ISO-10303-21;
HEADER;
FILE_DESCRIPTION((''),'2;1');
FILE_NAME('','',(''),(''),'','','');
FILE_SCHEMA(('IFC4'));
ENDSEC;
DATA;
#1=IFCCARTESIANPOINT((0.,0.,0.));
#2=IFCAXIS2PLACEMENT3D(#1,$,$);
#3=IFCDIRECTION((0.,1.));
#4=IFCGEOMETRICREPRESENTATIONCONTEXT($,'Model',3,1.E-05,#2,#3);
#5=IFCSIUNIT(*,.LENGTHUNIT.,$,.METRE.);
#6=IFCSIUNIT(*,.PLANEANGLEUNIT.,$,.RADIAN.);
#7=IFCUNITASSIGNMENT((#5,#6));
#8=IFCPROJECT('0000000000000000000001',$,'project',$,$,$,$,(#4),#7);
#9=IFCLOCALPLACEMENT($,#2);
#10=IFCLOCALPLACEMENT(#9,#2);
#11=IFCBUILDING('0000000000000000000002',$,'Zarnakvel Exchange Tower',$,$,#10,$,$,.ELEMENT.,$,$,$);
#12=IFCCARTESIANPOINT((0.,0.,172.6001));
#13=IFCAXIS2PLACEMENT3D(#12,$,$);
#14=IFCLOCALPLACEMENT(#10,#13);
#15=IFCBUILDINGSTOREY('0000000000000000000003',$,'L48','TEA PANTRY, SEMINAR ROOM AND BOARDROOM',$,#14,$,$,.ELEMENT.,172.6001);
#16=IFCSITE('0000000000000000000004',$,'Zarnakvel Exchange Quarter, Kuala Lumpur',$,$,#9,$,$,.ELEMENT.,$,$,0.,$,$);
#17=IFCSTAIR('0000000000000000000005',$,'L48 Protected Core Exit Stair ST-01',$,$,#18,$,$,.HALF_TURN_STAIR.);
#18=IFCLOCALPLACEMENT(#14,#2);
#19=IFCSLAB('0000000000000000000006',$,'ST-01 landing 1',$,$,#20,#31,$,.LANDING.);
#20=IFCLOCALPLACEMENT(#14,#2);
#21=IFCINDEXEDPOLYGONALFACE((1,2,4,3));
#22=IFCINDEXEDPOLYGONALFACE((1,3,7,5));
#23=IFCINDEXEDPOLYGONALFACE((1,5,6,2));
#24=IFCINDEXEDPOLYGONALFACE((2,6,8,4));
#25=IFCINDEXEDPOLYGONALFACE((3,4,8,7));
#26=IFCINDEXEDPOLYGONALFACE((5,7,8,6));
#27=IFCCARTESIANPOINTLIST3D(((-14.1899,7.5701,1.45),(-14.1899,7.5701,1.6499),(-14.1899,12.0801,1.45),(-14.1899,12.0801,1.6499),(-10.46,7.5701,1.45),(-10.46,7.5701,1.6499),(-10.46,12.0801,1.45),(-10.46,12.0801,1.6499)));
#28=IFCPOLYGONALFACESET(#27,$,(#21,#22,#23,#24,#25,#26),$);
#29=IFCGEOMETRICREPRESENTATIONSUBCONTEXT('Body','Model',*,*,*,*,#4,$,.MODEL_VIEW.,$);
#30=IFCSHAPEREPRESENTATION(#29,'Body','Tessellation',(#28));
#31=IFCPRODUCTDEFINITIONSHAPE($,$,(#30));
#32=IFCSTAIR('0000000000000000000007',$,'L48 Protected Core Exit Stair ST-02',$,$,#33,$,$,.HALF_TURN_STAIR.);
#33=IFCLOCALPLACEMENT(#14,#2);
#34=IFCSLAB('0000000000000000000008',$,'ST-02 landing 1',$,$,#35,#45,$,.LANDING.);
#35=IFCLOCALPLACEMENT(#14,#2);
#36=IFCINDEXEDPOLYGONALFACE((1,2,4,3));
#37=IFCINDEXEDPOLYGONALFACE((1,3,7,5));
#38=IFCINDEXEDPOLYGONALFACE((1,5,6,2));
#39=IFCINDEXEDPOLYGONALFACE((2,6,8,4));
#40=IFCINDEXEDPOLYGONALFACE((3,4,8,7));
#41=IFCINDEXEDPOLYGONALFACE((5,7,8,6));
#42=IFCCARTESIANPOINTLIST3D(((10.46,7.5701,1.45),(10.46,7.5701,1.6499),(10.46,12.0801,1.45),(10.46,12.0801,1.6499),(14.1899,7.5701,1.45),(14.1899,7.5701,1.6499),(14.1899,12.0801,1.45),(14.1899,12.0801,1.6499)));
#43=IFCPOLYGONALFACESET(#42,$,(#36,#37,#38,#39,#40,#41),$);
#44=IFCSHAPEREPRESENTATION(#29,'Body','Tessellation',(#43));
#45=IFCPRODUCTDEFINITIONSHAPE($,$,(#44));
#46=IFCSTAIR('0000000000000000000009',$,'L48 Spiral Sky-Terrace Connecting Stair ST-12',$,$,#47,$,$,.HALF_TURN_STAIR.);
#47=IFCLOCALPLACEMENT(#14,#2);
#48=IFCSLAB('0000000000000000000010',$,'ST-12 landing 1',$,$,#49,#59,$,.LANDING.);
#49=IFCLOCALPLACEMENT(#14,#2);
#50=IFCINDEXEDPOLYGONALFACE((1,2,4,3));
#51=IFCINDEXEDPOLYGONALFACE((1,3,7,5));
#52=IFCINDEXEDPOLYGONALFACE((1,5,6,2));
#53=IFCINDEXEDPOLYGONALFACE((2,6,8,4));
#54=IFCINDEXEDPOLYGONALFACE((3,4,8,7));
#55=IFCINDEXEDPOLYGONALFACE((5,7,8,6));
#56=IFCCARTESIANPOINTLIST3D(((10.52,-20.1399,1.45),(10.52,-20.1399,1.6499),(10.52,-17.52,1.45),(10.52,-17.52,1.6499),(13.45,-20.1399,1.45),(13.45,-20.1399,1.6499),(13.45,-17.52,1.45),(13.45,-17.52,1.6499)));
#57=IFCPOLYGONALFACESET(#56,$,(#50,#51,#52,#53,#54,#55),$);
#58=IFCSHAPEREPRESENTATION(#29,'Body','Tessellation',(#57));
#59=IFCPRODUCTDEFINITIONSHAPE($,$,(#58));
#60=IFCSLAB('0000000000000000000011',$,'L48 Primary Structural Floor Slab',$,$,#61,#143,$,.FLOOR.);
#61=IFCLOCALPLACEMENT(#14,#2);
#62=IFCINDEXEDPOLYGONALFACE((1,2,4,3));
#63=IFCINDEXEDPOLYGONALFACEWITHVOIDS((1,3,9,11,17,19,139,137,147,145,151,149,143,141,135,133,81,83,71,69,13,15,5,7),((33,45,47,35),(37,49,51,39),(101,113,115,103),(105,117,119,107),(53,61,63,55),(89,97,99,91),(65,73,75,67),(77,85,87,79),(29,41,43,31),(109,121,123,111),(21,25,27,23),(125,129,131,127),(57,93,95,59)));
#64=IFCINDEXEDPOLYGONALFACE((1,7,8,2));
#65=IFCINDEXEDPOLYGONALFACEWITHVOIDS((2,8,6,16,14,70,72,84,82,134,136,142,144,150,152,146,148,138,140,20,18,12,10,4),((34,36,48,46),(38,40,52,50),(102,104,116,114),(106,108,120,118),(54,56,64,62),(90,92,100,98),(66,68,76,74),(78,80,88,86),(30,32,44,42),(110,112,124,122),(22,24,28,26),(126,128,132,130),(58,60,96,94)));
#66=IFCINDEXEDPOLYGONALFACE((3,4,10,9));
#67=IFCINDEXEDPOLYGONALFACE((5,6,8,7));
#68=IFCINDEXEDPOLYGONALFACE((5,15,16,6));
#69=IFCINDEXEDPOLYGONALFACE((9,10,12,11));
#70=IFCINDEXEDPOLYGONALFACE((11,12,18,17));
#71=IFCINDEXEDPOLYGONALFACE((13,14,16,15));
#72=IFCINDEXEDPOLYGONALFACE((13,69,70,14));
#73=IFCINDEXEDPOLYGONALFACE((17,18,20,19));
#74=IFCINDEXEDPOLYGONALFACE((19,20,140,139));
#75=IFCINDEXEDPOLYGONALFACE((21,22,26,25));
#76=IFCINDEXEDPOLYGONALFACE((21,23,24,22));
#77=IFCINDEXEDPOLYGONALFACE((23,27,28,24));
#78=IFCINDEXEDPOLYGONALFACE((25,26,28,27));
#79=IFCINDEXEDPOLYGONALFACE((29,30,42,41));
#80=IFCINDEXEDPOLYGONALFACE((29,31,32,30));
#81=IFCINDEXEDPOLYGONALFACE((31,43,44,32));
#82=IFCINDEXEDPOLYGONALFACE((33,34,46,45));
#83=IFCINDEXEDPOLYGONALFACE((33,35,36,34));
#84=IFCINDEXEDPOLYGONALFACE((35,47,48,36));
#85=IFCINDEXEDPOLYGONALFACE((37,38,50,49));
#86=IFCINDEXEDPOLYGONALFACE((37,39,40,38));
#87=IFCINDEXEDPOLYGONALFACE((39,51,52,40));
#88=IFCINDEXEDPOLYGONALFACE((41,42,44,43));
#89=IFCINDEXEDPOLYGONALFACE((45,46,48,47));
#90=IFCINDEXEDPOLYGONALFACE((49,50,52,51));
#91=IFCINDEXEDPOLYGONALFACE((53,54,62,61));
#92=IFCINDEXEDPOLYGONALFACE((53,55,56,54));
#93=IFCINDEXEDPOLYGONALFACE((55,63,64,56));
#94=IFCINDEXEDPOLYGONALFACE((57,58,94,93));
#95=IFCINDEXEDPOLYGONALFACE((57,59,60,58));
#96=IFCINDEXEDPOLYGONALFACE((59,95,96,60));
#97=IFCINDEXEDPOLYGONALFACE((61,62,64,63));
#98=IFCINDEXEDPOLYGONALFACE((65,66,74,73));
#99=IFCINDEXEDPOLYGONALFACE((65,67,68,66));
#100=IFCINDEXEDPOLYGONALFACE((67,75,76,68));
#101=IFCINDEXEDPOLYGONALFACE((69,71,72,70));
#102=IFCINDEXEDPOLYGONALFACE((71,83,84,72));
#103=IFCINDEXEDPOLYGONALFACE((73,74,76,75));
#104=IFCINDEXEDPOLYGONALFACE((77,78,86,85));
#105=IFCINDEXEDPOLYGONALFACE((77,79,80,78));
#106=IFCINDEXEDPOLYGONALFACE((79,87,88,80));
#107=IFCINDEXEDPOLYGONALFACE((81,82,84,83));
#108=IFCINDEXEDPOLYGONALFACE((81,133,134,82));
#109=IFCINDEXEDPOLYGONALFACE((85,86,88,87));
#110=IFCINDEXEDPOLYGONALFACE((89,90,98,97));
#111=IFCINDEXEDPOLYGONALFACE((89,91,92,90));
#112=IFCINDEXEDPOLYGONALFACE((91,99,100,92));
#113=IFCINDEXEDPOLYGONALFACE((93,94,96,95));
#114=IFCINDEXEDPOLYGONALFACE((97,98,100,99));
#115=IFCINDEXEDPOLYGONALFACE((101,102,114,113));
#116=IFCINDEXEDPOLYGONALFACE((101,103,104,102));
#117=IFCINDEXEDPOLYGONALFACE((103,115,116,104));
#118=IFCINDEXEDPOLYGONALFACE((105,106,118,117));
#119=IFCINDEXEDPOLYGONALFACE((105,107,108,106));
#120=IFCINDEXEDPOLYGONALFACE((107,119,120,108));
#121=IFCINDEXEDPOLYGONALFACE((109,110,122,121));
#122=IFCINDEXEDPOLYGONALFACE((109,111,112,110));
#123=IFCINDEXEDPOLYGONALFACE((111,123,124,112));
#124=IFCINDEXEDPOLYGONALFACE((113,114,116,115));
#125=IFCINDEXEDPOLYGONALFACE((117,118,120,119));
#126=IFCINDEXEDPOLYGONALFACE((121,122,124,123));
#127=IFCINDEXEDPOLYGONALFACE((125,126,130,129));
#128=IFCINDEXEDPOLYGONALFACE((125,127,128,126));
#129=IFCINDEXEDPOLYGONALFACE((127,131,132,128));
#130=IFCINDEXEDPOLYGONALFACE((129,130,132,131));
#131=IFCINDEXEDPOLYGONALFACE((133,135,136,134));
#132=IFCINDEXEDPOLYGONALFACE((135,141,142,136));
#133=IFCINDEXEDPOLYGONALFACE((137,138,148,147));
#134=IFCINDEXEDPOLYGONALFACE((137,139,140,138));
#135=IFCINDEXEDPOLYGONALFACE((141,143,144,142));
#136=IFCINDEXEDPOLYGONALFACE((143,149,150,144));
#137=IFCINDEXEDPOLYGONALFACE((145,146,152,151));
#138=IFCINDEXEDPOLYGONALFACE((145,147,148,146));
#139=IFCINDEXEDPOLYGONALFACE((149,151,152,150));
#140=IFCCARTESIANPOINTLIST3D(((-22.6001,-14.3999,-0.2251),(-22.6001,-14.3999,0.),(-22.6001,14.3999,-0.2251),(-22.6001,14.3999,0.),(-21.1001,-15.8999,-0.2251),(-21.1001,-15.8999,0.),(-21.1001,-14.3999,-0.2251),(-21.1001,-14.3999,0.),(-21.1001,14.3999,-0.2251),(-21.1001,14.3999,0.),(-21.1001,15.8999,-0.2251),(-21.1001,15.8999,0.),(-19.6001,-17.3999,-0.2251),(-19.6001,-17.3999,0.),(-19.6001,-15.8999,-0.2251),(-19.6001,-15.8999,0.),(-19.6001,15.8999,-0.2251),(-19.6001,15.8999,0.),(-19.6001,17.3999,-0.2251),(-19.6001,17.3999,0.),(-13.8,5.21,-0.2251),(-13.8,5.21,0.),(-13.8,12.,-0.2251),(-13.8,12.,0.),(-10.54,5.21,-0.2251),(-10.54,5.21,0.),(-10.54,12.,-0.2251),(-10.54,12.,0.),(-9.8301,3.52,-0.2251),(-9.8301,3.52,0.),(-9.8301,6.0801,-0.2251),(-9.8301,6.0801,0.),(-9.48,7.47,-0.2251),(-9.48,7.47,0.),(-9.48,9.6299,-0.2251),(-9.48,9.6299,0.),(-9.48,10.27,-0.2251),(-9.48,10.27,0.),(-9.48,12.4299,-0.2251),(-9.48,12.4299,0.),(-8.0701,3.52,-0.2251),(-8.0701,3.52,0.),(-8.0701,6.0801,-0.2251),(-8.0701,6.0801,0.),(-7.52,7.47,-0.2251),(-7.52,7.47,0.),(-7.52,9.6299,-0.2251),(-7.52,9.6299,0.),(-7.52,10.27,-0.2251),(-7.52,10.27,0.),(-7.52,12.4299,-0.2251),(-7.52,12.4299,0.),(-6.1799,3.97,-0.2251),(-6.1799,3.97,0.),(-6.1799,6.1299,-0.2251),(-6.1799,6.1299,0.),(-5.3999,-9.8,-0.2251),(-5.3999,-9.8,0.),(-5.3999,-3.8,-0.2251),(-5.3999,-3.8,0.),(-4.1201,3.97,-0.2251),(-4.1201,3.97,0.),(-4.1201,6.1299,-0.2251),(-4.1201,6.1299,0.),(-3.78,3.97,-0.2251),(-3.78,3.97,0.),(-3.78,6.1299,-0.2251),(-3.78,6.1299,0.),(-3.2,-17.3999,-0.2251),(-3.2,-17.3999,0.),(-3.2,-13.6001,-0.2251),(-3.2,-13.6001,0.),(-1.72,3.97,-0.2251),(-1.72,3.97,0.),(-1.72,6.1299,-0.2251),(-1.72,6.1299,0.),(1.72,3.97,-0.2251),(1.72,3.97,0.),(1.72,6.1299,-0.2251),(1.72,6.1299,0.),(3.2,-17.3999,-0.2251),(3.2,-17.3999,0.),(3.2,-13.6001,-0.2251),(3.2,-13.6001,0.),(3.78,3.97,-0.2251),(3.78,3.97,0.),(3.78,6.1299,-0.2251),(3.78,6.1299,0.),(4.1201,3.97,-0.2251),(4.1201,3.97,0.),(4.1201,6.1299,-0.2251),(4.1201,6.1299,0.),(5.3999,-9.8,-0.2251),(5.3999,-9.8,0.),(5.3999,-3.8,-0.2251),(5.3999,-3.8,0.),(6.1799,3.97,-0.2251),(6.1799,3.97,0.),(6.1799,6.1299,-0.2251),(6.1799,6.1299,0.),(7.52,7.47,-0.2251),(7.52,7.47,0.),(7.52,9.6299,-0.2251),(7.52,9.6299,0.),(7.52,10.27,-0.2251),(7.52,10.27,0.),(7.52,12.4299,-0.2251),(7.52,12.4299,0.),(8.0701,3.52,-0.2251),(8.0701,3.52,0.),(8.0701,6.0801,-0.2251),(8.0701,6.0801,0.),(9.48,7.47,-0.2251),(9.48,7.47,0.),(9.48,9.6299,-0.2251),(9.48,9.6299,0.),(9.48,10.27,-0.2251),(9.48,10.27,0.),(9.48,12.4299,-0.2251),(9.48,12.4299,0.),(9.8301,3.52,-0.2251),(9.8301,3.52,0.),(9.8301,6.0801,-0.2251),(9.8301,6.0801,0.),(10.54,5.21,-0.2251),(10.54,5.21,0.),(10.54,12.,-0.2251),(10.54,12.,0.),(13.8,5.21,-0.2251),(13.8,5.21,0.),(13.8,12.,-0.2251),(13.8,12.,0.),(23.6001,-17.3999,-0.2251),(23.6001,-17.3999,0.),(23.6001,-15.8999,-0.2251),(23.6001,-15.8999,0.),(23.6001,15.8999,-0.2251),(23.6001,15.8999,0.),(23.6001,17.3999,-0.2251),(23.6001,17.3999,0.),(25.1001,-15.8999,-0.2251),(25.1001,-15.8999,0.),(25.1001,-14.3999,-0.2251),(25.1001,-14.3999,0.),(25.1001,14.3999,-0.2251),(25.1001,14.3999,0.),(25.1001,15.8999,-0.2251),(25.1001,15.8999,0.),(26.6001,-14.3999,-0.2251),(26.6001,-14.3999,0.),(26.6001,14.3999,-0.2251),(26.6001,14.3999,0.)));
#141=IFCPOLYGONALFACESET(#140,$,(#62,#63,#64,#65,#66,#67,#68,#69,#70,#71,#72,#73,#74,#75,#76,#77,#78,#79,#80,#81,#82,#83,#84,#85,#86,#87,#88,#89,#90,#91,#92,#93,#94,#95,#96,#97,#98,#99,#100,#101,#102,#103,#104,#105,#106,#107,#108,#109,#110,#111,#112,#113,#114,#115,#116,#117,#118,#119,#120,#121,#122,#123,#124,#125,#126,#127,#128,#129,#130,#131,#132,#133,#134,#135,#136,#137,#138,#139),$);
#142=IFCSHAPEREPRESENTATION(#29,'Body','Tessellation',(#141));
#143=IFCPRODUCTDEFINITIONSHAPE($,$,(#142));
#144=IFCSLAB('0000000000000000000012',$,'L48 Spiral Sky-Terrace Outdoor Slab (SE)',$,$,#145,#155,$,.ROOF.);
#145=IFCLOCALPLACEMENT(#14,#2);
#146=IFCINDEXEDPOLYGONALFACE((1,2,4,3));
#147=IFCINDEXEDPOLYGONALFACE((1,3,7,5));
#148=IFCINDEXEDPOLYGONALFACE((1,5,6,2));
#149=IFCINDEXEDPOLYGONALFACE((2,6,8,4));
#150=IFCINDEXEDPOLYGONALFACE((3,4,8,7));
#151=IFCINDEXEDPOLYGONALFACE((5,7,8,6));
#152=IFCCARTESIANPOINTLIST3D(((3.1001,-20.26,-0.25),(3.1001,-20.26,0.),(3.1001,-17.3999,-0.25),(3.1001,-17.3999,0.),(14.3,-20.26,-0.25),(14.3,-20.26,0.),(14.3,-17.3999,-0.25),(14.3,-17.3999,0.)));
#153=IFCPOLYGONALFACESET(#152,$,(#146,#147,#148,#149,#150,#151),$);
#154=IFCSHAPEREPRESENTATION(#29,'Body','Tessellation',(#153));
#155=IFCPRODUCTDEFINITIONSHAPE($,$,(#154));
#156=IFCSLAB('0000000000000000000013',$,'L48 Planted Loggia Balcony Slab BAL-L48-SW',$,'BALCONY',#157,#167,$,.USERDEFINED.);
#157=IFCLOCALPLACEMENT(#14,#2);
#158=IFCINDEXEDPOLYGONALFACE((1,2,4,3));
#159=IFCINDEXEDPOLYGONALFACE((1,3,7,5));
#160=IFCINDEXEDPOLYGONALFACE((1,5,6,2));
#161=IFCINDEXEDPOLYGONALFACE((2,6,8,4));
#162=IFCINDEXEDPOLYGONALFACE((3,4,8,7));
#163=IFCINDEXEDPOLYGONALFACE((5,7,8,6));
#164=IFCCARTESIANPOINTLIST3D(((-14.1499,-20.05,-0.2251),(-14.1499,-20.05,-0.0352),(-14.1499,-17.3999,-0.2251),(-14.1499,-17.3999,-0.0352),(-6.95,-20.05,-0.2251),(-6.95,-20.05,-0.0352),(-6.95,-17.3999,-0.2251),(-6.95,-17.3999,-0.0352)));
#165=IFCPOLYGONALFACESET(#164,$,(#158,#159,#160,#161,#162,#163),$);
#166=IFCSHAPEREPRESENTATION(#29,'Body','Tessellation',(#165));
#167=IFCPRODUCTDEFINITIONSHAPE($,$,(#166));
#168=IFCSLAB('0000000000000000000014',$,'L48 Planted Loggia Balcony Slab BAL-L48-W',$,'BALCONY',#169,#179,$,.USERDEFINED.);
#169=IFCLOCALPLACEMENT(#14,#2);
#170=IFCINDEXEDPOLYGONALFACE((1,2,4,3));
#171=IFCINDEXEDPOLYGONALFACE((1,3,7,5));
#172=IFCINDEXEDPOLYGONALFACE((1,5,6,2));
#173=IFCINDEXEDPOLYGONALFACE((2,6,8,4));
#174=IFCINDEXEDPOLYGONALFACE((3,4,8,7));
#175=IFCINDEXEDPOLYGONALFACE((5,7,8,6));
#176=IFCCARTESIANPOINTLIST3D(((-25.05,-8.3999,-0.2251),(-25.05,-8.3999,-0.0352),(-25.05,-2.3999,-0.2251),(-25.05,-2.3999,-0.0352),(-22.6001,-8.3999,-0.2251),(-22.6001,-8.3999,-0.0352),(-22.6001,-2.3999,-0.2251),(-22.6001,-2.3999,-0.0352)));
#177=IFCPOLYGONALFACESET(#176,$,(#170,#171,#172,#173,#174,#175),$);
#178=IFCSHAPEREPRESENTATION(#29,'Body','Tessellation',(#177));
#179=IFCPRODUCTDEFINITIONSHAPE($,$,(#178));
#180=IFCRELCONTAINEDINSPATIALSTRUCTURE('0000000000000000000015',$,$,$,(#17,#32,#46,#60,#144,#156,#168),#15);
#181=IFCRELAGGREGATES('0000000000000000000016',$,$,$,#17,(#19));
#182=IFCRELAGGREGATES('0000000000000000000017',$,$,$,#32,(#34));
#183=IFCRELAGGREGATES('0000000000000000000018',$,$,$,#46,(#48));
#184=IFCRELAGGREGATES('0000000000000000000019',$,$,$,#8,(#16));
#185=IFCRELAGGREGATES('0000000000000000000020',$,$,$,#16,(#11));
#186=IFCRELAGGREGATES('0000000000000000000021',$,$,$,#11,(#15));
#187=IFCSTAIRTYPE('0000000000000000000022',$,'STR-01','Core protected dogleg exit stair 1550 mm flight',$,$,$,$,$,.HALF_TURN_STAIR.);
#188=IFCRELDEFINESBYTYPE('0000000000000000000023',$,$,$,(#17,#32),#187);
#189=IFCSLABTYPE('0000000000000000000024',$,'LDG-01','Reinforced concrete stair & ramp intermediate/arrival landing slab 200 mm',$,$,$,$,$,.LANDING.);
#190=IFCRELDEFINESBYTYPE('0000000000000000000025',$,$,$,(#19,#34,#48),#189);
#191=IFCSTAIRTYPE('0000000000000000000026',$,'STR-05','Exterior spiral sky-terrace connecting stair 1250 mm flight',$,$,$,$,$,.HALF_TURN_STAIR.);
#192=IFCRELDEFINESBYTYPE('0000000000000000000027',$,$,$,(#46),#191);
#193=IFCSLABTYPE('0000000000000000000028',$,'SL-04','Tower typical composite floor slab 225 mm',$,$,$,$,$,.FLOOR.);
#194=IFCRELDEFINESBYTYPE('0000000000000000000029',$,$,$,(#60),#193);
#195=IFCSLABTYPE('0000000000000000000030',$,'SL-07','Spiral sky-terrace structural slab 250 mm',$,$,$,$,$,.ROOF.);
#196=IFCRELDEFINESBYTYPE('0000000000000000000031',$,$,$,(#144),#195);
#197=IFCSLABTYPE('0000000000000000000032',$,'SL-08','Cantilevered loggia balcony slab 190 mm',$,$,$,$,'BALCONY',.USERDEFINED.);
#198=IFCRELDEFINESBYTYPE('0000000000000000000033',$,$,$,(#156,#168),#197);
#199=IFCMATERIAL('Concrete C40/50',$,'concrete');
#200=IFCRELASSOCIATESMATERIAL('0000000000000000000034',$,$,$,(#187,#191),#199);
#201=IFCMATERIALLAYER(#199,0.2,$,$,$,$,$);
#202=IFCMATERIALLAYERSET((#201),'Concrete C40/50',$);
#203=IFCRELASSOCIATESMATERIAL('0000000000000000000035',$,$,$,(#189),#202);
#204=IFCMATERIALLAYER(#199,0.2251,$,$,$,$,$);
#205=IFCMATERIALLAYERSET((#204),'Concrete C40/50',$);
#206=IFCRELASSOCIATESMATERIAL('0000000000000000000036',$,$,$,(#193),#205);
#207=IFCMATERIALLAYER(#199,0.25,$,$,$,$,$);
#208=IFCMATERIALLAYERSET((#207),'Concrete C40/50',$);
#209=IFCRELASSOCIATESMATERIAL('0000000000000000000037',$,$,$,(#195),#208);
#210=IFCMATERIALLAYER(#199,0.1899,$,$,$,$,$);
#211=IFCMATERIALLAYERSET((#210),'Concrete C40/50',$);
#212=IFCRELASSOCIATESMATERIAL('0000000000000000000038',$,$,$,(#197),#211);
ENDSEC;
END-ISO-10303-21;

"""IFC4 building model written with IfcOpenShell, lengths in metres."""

from ifc_helpers import new_model, si_unit, direction, frame, origin, place, context, subcontext, project, spatial, polyline, outline, extrude, material, layer, layer_set, type_object, element, aggregate, save


model = new_model("IFC4")

# Units and contexts
model_context = context("Model", 3, precision=1e-05, world=origin(), true_north=direction((0.0, 1.0)))
body_context = subcontext(model_context, "Body", "Model", "MODEL_VIEW")
ifc_project = project(units=[si_unit("LENGTHUNIT", "METRE"), si_unit("PLANEANGLEUNIT", "RADIAN")], contexts=[model_context])

# Site, building, storey
site_placement = place(None, origin())
site = spatial("IfcSite", under=ifc_project, at=site_placement, Name="Zarnakvel Exchange Quarter, Kuala Lumpur", CompositionType="ELEMENT", RefElevation=0.0)
building_placement = place(site_placement, origin())
building = spatial("IfcBuilding", under=site, at=building_placement, Name="Zarnakvel Exchange Tower", CompositionType="ELEMENT")
storey_placement = place(building_placement, frame((0.0, 0.0, 172.6001)))
storey = spatial("IfcBuildingStorey", under=building, at=storey_placement, Name="L48", Description="TEA PANTRY, SEMINAR ROOM AND BOARDROOM", CompositionType="ELEMENT", Elevation=172.6001)

# Stairs, slabs
ifc_material_1 = material(Name="Concrete C40/50", Category="concrete")
stair_type_1 = type_object("IfcStairType", Name="STR-01", Description="Core protected dogleg exit stair 1550 mm flight", PredefinedType="HALF_TURN_STAIR", material=ifc_material_1)
stair_1_placement = place(storey_placement, origin())
stair_1 = element("IfcStair", 1, at=stair_1_placement, inside=storey, type_object=stair_type_1, Name="L48 Protected Core Exit Stair ST-01", PredefinedType="HALF_TURN_STAIR")
ifc_layer_1 = layer(ifc_material_1, 0.2)
ifc_layer_set_1 = layer_set([ifc_layer_1], Name="Concrete C40/50")
slab_type_1 = type_object("IfcSlabType", Name="LDG-01", Description="Reinforced concrete stair & ramp intermediate/arrival landing slab 200 mm", PredefinedType="LANDING", material=ifc_layer_set_1)
slab_1_placement = place(storey_placement, frame((0.0, 0.0, 1.45)))
slab_1 = element("IfcSlab", 2, at=slab_1_placement, type_object=slab_type_1, Name="ST-01 landing 1", PredefinedType="LANDING", context=body_context, shape_type="SweptSolid", body=[
    extrude(outline(polyline([(-14.1899, 7.5701), (-10.46, 7.5701), (-10.46, 12.0801), (-14.1899, 12.0801), (-14.1899, 7.5701)])), origin(), (0.0, 0.0, 1.0), 0.2),
])
aggregate(stair_1, [slab_1])
stair_2_placement = place(storey_placement, origin())
stair_2 = element("IfcStair", 3, at=stair_2_placement, inside=storey, type_object=stair_type_1, Name="L48 Protected Core Exit Stair ST-02", PredefinedType="HALF_TURN_STAIR")
slab_2_placement = place(storey_placement, frame((0.0, 0.0, 1.45)))
slab_2 = element("IfcSlab", 4, at=slab_2_placement, type_object=slab_type_1, Name="ST-02 landing 1", PredefinedType="LANDING", context=body_context, shape_type="SweptSolid", body=[
    extrude(outline(polyline([(10.46, 7.5701), (14.1899, 7.5701), (14.1899, 12.0801), (10.46, 12.0801), (10.46, 7.5701)])), origin(), (0.0, 0.0, 1.0), 0.2),
])
aggregate(stair_2, [slab_2])
stair_type_2 = type_object("IfcStairType", Name="STR-05", Description="Exterior spiral sky-terrace connecting stair 1250 mm flight", PredefinedType="HALF_TURN_STAIR", material=ifc_material_1)
stair_3_placement = place(storey_placement, origin())
stair_3 = element("IfcStair", 5, at=stair_3_placement, inside=storey, type_object=stair_type_2, Name="L48 Spiral Sky-Terrace Connecting Stair ST-12", PredefinedType="HALF_TURN_STAIR")
slab_3_placement = place(storey_placement, frame((0.0, 0.0, 1.45)))
slab_3 = element("IfcSlab", 6, at=slab_3_placement, type_object=slab_type_1, Name="ST-12 landing 1", PredefinedType="LANDING", context=body_context, shape_type="SweptSolid", body=[
    extrude(outline(polyline([(10.52, -20.1399), (13.45, -20.1399), (13.45, -17.52), (10.52, -17.52), (10.52, -20.1399)])), origin(), (0.0, 0.0, 1.0), 0.2),
])
aggregate(stair_3, [slab_3])

# Slabs
ifc_layer_2 = layer(ifc_material_1, 0.2251)
ifc_layer_set_2 = layer_set([ifc_layer_2], Name="Concrete C40/50")
slab_type_2 = type_object("IfcSlabType", Name="SL-04", Description="Tower typical composite floor slab 225 mm", PredefinedType="FLOOR", material=ifc_layer_set_2)
slab_4_placement = place(storey_placement, frame((0.0, 0.0, -0.2251)))
element("IfcSlab", 7, at=slab_4_placement, inside=storey, type_object=slab_type_2, Name="L48 Primary Structural Floor Slab", PredefinedType="FLOOR", context=body_context, shape_type="SweptSolid", body=[
    extrude(outline(polyline([(-22.6001, -14.3999), (-21.1001, -14.3999), (-21.1001, -15.8999), (-19.6001, -15.8999), (-19.6001, -17.3999), (-3.2, -17.3999), (-3.2, -13.6001), (3.2, -13.6001), (3.2, -17.3999), (23.6001, -17.3999), (23.6001, -15.8999), (25.1001, -15.8999), (25.1001, -14.3999), (26.6001, -14.3999), (26.6001, 14.3999), (25.1001, 14.3999), (25.1001, 15.8999), (23.6001, 15.8999), (23.6001, 17.3999), (-19.6001, 17.3999), (-19.6001, 15.8999), (-21.1001, 15.8999), (-21.1001, 14.3999), (-22.6001, 14.3999), (-22.6001, -14.3999)]), holes=[polyline([(-5.3999, -9.8), (5.3999, -9.8), (5.3999, -3.8), (-5.3999, -3.8), (-5.3999, -9.8)]), polyline([(-13.8, 5.21), (-10.54, 5.21), (-10.54, 12.0), (-13.8, 12.0), (-13.8, 5.21)]), polyline([(10.54, 5.21), (13.8, 5.21), (13.8, 12.0), (10.54, 12.0), (10.54, 5.21)]), polyline([(-9.8301, 3.52), (-8.0701, 3.52), (-8.0701, 6.0801), (-9.8301, 6.0801), (-9.8301, 3.52)]), polyline([(8.0701, 3.52), (9.8301, 3.52), (9.8301, 6.0801), (8.0701, 6.0801), (8.0701, 3.52)]), polyline([(-6.1799, 3.97), (-4.1201, 3.97), (-4.1201, 6.1299), (-6.1799, 6.1299), (-6.1799, 3.97)]), polyline([(-3.78, 3.97), (-1.72, 3.97), (-1.72, 6.1299), (-3.78, 6.1299), (-3.78, 3.97)]), polyline([(1.72, 3.97), (3.78, 3.97), (3.78, 6.1299), (1.72, 6.1299), (1.72, 3.97)]), polyline([(4.1201, 3.97), (6.1799, 3.97), (6.1799, 6.1299), (4.1201, 6.1299), (4.1201, 3.97)]), polyline([(-9.48, 7.47), (-7.52, 7.47), (-7.52, 9.6299), (-9.48, 9.6299), (-9.48, 7.47)]), polyline([(-9.48, 10.27), (-7.52, 10.27), (-7.52, 12.4299), (-9.48, 12.4299), (-9.48, 10.27)]), polyline([(7.52, 7.47), (9.48, 7.47), (9.48, 9.6299), (7.52, 9.6299), (7.52, 7.47)]), polyline([(7.52, 10.27), (9.48, 10.27), (9.48, 12.4299), (7.52, 12.4299), (7.52, 10.27)])]), origin(), (0.0, 0.0, 1.0), 0.2251),
])
ifc_layer_3 = layer(ifc_material_1, 0.25)
ifc_layer_set_3 = layer_set([ifc_layer_3], Name="Concrete C40/50")
slab_type_3 = type_object("IfcSlabType", Name="SL-07", Description="Spiral sky-terrace structural slab 250 mm", PredefinedType="ROOF", material=ifc_layer_set_3)
slab_5_placement = place(storey_placement, frame((0.0, 0.0, -0.25)))
element("IfcSlab", 8, at=slab_5_placement, inside=storey, type_object=slab_type_3, Name="L48 Spiral Sky-Terrace Outdoor Slab (SE)", PredefinedType="ROOF", context=body_context, shape_type="SweptSolid", body=[
    extrude(outline(polyline([(3.1001, -20.26), (14.3, -20.26), (14.3, -17.3999), (3.1001, -17.3999), (3.1001, -20.26)])), origin(), (0.0, 0.0, 1.0), 0.25),
])
ifc_layer_4 = layer(ifc_material_1, 0.1899)
ifc_layer_set_4 = layer_set([ifc_layer_4], Name="Concrete C40/50")
slab_type_4 = type_object("IfcSlabType", Name="SL-08", Description="Cantilevered loggia balcony slab 190 mm", ElementType="BALCONY", PredefinedType="USERDEFINED", material=ifc_layer_set_4)
slab_6_placement = place(storey_placement, frame((0.0, 0.0, -0.2251)))
element("IfcSlab", 9, at=slab_6_placement, inside=storey, type_object=slab_type_4, Name="L48 Planted Loggia Balcony Slab BAL-L48-SW", ObjectType="BALCONY", PredefinedType="USERDEFINED", context=body_context, shape_type="SweptSolid", body=[
    extrude(outline(polyline([(-14.1499, -20.05), (-6.95, -20.05), (-6.95, -17.3999), (-14.1499, -17.3999), (-14.1499, -20.05)])), origin(), (0.0, 0.0, 1.0), 0.1899),
])
slab_7_placement = place(storey_placement, frame((0.0, 0.0, -0.2251)))
element("IfcSlab", 10, at=slab_7_placement, inside=storey, type_object=slab_type_4, Name="L48 Planted Loggia Balcony Slab BAL-L48-W", ObjectType="BALCONY", PredefinedType="USERDEFINED", context=body_context, shape_type="SweptSolid", body=[
    extrude(outline(polyline([(-25.05, -8.3999), (-22.6001, -8.3999), (-22.6001, -2.3999), (-25.05, -2.3999), (-25.05, -8.3999)])), origin(), (0.0, 0.0, 1.0), 0.1899),
])

save(model, "model.ifc")
